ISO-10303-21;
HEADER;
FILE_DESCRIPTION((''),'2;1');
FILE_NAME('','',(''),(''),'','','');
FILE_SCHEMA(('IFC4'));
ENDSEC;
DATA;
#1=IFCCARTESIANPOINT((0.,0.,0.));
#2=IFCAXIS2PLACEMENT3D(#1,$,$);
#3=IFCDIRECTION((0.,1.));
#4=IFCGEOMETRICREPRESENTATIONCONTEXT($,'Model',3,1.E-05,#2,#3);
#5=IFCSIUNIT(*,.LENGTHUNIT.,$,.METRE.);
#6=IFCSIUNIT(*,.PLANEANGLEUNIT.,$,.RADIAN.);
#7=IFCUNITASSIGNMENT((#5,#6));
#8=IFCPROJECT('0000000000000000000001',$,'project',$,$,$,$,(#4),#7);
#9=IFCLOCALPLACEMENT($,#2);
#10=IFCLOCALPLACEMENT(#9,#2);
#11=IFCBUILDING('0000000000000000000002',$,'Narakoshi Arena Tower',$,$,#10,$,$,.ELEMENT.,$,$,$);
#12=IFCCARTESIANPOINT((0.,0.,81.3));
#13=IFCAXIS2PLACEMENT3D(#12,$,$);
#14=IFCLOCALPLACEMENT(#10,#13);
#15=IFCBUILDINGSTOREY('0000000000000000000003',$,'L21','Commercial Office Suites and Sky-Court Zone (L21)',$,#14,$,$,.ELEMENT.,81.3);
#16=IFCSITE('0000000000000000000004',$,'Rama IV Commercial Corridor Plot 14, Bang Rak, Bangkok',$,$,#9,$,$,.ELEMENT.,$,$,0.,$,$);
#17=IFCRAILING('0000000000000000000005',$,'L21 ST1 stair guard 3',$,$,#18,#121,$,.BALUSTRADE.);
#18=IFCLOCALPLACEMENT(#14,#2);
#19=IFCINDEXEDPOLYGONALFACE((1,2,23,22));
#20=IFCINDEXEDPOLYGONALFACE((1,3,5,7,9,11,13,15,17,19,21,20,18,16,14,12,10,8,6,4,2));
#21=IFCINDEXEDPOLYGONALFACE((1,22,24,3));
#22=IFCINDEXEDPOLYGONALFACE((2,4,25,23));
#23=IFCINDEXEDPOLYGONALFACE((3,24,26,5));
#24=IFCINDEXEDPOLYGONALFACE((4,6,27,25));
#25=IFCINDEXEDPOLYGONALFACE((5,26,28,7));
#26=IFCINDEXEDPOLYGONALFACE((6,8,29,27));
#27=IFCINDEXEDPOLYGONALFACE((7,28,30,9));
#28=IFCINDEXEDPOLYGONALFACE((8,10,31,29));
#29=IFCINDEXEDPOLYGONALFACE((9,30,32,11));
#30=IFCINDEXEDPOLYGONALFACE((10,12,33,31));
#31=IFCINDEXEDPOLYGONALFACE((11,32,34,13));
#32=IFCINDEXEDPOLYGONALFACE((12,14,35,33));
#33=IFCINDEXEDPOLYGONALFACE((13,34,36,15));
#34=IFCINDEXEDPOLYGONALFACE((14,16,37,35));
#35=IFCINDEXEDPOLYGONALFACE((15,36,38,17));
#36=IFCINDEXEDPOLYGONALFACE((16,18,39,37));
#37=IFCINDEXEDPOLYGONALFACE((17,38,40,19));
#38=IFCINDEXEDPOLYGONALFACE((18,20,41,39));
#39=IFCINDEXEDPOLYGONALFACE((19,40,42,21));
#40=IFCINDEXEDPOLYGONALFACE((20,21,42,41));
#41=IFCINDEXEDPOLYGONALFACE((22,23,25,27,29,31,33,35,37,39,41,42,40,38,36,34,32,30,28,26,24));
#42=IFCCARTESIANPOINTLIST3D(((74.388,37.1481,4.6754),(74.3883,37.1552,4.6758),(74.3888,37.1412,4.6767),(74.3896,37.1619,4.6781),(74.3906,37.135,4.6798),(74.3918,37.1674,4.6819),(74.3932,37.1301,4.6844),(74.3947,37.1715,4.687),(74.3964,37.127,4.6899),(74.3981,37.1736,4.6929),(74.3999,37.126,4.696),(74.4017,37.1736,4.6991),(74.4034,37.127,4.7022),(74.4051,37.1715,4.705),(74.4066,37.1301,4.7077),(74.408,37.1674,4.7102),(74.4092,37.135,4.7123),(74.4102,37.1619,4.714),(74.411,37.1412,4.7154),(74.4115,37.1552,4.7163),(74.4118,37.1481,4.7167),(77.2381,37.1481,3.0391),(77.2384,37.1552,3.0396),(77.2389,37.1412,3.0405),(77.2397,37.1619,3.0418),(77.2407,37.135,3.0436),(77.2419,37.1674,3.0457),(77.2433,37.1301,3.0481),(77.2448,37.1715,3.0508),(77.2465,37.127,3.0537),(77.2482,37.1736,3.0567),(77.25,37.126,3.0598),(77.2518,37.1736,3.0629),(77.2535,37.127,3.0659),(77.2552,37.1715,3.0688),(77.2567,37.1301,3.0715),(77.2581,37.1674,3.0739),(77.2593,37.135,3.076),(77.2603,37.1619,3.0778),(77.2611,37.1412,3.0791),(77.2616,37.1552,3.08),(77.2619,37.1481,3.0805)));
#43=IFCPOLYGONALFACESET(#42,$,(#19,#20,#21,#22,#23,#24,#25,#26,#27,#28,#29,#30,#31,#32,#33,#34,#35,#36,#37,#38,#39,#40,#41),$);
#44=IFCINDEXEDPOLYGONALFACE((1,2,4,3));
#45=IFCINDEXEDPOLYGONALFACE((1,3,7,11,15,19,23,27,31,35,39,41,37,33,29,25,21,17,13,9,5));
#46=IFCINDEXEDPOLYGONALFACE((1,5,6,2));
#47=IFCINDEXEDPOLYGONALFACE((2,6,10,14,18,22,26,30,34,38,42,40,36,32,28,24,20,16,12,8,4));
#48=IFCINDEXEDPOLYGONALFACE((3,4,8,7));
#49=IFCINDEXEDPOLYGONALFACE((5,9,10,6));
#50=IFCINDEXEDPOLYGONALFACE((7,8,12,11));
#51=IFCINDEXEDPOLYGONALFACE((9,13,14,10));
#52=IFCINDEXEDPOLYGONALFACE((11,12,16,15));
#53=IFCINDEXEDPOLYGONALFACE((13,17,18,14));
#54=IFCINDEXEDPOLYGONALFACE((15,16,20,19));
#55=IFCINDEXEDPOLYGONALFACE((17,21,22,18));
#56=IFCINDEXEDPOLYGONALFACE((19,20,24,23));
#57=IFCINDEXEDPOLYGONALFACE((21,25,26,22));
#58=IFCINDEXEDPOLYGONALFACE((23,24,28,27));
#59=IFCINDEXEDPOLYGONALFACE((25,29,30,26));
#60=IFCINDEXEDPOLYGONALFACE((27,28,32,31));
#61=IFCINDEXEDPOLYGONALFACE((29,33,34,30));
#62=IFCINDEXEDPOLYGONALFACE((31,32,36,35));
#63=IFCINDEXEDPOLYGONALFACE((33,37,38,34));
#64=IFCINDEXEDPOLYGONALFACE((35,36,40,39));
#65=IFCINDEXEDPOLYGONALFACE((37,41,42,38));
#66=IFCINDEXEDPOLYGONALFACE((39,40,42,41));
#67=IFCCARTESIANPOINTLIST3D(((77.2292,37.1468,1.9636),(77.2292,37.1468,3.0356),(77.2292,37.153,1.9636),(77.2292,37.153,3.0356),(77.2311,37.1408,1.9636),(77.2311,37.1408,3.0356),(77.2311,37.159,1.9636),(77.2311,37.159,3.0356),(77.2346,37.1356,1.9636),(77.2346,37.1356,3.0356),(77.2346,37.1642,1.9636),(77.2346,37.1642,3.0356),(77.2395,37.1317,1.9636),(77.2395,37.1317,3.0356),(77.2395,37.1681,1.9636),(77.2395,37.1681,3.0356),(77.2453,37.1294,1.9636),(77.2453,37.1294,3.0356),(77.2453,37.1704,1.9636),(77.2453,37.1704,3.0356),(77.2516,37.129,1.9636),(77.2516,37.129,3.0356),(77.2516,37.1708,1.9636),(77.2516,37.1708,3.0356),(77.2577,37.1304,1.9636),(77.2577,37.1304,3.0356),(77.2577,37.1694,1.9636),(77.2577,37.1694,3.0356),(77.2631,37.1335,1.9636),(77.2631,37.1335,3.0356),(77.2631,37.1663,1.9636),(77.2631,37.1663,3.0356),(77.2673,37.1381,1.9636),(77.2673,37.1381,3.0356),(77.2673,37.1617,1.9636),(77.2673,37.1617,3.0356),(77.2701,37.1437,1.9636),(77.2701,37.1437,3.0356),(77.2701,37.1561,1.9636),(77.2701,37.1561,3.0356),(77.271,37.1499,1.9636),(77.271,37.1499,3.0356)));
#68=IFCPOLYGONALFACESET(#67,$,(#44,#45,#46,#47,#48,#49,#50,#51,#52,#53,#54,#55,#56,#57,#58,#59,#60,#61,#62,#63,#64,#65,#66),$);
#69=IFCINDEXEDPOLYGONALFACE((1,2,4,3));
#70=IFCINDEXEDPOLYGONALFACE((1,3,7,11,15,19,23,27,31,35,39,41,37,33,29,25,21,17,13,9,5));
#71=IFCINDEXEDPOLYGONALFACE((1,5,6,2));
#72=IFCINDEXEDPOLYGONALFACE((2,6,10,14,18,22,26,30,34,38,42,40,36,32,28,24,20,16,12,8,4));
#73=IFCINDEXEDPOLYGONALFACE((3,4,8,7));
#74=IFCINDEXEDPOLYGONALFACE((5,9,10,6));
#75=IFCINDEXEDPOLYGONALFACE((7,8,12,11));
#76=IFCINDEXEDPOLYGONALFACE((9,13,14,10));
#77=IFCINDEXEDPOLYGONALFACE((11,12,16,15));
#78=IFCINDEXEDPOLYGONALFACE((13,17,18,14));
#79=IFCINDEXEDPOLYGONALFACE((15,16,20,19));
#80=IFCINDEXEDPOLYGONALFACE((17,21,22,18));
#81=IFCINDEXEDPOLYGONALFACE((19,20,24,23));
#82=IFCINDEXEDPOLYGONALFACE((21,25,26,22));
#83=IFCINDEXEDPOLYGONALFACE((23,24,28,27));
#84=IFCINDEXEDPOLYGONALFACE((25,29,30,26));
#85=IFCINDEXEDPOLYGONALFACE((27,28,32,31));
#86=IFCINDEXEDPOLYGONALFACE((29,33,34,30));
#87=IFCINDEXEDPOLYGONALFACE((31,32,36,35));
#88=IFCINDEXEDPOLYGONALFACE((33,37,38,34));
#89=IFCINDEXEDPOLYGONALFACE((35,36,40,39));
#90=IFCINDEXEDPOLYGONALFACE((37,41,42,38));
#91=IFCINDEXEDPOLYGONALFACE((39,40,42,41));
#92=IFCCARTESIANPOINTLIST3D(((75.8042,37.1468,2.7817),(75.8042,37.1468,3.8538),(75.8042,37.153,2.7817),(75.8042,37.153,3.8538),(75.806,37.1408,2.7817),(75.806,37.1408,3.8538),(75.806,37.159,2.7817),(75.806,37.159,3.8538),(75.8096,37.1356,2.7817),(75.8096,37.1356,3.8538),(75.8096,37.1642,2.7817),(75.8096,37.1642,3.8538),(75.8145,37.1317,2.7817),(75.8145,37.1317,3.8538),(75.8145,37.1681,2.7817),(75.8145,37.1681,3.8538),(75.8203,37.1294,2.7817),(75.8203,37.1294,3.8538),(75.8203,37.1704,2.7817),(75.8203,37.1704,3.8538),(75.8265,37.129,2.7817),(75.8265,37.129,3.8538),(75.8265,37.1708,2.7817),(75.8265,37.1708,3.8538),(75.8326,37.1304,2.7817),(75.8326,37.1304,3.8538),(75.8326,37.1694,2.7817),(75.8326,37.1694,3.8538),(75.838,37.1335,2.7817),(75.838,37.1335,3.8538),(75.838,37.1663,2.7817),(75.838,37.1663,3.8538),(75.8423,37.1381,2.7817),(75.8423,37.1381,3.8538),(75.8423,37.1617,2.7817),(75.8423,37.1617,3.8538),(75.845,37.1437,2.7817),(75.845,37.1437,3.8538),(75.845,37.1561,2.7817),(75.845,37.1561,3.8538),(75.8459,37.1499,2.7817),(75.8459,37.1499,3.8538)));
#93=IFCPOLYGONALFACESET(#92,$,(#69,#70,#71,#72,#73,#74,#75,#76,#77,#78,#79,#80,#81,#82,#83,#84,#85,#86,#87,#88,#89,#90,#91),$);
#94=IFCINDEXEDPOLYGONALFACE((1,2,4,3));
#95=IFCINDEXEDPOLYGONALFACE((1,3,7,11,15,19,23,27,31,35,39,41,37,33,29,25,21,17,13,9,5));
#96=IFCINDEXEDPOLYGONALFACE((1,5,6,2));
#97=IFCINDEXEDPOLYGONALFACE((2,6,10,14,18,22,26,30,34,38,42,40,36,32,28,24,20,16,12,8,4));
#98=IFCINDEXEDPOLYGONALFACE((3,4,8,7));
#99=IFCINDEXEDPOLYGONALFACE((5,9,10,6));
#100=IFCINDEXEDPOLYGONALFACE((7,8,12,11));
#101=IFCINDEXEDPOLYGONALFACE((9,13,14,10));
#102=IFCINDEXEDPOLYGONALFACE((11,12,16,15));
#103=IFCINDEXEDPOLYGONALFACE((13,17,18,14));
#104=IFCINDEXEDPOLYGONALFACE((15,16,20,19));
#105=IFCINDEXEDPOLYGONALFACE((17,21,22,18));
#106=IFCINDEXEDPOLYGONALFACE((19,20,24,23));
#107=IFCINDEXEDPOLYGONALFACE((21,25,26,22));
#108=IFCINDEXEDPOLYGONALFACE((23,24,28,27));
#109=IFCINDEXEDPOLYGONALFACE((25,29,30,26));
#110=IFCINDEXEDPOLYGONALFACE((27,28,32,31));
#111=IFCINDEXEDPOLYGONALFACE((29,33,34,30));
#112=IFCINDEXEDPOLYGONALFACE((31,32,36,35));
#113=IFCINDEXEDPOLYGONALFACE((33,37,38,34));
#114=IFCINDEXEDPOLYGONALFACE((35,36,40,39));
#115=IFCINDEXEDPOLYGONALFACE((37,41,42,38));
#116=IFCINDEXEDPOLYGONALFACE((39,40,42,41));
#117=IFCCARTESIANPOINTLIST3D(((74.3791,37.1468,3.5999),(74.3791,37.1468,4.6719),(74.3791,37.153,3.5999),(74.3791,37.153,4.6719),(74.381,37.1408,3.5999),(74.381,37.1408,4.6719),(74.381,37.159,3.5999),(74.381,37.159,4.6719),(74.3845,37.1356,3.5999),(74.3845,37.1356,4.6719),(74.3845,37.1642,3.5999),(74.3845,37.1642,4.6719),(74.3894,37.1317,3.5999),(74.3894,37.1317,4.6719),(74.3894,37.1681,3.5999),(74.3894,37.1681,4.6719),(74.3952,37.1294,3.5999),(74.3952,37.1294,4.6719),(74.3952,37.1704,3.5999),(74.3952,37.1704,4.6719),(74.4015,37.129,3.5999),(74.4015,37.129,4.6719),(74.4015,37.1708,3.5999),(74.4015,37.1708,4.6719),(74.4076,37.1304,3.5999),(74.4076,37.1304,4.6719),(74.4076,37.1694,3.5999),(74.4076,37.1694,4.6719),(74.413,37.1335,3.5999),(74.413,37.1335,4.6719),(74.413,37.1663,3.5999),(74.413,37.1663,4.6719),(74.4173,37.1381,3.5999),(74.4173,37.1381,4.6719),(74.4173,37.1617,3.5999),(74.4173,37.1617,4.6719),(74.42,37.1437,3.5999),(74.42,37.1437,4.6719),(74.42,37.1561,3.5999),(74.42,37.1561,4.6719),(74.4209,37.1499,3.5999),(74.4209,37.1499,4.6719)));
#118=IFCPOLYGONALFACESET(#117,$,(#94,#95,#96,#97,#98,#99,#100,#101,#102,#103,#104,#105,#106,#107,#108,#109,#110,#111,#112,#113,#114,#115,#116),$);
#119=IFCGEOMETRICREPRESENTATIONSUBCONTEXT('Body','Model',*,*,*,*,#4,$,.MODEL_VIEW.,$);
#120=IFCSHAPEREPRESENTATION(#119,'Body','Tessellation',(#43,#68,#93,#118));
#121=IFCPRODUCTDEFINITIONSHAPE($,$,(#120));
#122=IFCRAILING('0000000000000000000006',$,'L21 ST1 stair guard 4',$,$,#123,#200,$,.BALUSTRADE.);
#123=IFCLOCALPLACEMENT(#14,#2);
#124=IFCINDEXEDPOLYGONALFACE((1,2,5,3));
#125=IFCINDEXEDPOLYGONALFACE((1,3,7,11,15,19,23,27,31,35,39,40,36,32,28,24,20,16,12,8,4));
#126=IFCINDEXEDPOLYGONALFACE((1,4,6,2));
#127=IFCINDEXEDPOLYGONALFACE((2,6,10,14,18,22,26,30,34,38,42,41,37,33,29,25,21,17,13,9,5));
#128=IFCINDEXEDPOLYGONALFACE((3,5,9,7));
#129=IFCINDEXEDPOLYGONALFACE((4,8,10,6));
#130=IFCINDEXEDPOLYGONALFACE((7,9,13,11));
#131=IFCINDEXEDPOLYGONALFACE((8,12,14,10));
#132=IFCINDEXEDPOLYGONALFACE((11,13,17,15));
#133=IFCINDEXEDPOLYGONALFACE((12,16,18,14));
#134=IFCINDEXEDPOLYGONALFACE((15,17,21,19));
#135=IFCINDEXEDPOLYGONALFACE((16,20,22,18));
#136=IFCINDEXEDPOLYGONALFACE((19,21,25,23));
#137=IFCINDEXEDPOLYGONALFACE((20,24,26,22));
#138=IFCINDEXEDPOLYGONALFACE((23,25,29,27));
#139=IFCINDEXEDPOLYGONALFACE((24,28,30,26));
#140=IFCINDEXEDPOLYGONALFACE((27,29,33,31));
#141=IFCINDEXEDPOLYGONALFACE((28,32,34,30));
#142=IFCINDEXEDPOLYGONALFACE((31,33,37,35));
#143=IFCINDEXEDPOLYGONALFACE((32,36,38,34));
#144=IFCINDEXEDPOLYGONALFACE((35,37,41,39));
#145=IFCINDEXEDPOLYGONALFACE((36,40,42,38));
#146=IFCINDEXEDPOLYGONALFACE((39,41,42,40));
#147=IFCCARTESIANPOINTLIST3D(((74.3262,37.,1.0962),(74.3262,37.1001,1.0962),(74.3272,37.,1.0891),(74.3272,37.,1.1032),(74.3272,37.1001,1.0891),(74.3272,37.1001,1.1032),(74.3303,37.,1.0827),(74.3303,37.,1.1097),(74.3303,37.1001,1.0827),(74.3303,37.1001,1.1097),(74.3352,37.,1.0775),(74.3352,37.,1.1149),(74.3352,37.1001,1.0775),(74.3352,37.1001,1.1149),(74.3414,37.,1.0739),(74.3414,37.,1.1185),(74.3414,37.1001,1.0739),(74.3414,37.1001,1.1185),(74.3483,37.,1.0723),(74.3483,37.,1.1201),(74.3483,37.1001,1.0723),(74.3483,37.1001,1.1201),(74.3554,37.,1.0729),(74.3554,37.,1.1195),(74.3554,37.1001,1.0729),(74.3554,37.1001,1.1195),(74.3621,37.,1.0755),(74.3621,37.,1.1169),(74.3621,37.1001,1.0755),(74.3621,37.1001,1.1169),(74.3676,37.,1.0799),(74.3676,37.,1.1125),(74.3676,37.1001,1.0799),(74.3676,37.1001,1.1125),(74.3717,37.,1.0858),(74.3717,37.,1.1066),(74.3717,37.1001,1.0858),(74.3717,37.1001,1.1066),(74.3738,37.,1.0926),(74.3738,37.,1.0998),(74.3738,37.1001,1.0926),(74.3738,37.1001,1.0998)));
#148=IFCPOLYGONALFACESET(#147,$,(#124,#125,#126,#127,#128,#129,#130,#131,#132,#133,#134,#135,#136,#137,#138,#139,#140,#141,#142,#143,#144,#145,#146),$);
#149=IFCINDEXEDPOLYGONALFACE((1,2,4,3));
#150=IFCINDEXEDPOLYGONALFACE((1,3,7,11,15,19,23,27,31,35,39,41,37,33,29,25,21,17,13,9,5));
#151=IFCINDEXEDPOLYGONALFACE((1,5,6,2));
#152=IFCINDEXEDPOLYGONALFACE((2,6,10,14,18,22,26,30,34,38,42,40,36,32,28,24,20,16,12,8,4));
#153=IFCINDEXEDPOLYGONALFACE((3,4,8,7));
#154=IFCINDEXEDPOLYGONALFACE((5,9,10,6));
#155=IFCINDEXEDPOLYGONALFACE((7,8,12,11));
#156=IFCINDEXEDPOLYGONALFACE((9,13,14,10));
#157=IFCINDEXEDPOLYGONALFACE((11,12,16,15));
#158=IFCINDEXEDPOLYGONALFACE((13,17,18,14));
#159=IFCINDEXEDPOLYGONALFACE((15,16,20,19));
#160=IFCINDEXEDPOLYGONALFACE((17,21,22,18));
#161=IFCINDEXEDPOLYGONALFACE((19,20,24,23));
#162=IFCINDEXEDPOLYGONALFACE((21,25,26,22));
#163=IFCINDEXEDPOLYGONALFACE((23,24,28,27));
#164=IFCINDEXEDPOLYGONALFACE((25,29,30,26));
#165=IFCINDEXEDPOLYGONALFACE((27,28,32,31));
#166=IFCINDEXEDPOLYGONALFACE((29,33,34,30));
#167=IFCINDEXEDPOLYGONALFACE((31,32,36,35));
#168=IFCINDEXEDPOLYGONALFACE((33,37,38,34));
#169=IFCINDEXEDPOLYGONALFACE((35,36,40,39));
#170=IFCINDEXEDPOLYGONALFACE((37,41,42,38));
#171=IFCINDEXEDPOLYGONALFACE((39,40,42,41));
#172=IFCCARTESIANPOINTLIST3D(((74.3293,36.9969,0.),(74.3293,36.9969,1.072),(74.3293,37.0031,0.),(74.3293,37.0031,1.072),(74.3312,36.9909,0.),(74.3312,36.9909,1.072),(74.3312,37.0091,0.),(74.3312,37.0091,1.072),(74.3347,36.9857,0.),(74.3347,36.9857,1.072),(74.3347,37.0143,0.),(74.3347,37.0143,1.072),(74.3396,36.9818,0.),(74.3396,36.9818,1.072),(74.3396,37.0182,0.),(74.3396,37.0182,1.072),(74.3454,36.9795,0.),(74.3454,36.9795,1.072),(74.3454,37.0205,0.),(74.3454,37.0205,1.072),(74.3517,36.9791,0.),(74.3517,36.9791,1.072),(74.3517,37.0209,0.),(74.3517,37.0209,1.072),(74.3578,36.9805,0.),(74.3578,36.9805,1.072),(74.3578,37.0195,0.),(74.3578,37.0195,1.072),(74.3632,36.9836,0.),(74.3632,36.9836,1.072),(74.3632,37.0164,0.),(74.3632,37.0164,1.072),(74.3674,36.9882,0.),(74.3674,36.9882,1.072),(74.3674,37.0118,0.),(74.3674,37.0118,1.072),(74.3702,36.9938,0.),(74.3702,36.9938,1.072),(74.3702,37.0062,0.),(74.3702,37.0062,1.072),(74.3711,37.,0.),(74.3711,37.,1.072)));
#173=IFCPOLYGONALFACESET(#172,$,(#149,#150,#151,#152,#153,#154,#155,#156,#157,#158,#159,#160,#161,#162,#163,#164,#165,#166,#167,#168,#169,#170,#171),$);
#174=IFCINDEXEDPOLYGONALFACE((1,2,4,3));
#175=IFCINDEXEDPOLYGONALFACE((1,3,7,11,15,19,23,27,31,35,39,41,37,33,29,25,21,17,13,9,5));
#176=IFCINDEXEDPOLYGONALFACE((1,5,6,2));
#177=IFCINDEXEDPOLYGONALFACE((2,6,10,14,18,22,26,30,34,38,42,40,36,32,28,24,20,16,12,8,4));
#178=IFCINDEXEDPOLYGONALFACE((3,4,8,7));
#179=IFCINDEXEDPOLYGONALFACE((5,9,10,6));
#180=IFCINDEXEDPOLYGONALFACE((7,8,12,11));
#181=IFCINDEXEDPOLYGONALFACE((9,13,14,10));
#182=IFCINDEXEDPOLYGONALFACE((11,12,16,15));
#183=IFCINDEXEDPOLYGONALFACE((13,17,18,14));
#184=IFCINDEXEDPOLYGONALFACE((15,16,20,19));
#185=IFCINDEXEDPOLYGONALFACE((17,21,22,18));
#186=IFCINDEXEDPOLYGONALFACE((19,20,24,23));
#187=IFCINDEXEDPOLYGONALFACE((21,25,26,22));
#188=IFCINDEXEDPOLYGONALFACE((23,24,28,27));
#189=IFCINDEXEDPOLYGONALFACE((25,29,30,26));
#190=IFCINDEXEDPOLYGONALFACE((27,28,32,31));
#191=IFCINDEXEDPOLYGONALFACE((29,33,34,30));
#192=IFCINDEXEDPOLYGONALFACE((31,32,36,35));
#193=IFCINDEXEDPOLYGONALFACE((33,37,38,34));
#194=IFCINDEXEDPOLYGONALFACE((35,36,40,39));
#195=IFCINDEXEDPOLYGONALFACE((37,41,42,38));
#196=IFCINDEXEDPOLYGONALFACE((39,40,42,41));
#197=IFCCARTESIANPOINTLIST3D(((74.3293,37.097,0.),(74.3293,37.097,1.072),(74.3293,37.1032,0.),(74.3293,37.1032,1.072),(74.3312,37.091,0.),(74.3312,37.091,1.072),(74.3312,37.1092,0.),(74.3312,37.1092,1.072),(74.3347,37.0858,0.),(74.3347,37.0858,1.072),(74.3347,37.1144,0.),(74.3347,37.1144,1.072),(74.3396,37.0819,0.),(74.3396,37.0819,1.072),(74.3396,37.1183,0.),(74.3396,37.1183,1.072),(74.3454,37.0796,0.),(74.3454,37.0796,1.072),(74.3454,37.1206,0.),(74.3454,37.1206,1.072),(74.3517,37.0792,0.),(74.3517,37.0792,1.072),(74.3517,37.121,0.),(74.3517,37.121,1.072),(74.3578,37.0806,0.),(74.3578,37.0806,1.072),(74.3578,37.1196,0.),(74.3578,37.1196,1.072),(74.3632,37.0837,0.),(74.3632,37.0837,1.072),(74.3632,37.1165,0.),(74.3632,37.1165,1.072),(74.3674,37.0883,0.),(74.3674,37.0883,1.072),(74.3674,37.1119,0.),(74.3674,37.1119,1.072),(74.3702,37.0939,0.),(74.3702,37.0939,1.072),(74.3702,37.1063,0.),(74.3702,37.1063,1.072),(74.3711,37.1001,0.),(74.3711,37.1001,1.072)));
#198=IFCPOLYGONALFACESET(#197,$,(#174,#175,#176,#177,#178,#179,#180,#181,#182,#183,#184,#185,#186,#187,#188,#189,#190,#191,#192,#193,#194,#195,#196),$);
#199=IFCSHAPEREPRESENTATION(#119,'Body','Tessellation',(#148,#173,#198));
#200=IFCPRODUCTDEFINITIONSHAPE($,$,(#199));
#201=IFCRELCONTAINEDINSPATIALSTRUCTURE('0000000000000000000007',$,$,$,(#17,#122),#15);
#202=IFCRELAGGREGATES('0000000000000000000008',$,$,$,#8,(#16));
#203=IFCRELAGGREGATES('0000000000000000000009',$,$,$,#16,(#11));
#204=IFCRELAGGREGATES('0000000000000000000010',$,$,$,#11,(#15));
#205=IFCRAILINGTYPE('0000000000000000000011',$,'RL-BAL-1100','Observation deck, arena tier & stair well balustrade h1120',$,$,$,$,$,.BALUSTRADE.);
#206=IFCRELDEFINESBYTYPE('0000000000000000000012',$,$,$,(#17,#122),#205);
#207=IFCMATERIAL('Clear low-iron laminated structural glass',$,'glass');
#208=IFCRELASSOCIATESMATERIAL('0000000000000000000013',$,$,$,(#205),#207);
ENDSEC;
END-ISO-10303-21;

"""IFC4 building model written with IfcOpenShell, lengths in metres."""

from ifc_helpers import new_model, si_unit, direction, frame, origin, origin_2d, place, context, subcontext, project, spatial, circle, extrude, material, type_object, element, save


model = new_model("IFC4")

# Units and contexts
model_context = context("Model", 3, precision=1e-05, world=origin(), true_north=direction((0.0, 1.0)))
body_context = subcontext(model_context, "Body", "Model", "MODEL_VIEW")
ifc_project = project(units=[si_unit("LENGTHUNIT", "METRE"), si_unit("PLANEANGLEUNIT", "RADIAN")], contexts=[model_context])

# Site, building, storey
site_placement = place(None, origin())
site = spatial("IfcSite", under=ifc_project, at=site_placement, Name="Rama IV Commercial Corridor Plot 14, Bang Rak, Bangkok", CompositionType="ELEMENT", RefElevation=0.0)
building_placement = place(site_placement, origin())
building = spatial("IfcBuilding", under=site, at=building_placement, Name="Narakoshi Arena Tower", CompositionType="ELEMENT")
storey_placement = place(building_placement, frame((0.0, 0.0, 81.3)))
storey = spatial("IfcBuildingStorey", under=building, at=storey_placement, Name="L21", Description="Commercial Office Suites and Sky-Court Zone (L21)", CompositionType="ELEMENT", Elevation=81.3)

# Railings
ifc_material_1 = material(Name="Clear low-iron laminated structural glass", Category="glass")
railing_type_1 = type_object("IfcRailingType", Name="RL-BAL-1100", Description="Observation deck, arena tier & stair well balustrade h1120", PredefinedType="BALUSTRADE", material=ifc_material_1)
railing_1_placement = place(storey_placement, frame((77.25, 37.1499, 1.9636)))
element("IfcRailing", 1, at=railing_1_placement, inside=storey, type_object=railing_type_1, Name="L21 ST1 stair guard 3", PredefinedType="BALUSTRADE", context=body_context, shape_type="SweptSolid", body=[
    extrude(circle(Radius=0.0239, at=origin_2d()), frame((0.0, 0.0, 1.0962), z_axis=(-0.867245, 0.0, 0.497882), x_axis=(0.0, -1.0, 0.0)), (0.0, 0.0, 1.0), 3.2864),
    extrude(circle(Radius=0.021, at=origin_2d()), origin(), (0.0, 0.0, 1.0), 1.072),
    extrude(circle(Radius=0.021, at=origin_2d()), frame((-1.425, 0.0, 0.8181)), (0.0, 0.0, 1.0), 1.072),
    extrude(circle(Radius=0.021, at=origin_2d()), frame((-2.8501, 0.0, 1.6362)), (0.0, 0.0, 1.0), 1.072),
])
railing_2_placement = place(storey_placement, frame((74.3501, 37.0, 0.0)))
element("IfcRailing", 2, at=railing_2_placement, inside=storey, type_object=railing_type_1, Name="L21 ST1 stair guard 4", PredefinedType="BALUSTRADE", context=body_context, shape_type="SweptSolid", body=[
    extrude(circle(Radius=0.0239, at=origin_2d()), frame((0.0, 0.0, 1.0962), z_axis=(0.0, 1.0, 0.0), x_axis=(-1.0, 0.0, 0.0)), (0.0, 0.0, 1.0), 0.1001),
    extrude(circle(Radius=0.021, at=origin_2d()), origin(), (0.0, 0.0, 1.0), 1.072),
    extrude(circle(Radius=0.021, at=origin_2d()), frame((0.0, 0.1001, 0.0)), (0.0, 0.0, 1.0), 1.072),
])

save(model, "model.ifc")
